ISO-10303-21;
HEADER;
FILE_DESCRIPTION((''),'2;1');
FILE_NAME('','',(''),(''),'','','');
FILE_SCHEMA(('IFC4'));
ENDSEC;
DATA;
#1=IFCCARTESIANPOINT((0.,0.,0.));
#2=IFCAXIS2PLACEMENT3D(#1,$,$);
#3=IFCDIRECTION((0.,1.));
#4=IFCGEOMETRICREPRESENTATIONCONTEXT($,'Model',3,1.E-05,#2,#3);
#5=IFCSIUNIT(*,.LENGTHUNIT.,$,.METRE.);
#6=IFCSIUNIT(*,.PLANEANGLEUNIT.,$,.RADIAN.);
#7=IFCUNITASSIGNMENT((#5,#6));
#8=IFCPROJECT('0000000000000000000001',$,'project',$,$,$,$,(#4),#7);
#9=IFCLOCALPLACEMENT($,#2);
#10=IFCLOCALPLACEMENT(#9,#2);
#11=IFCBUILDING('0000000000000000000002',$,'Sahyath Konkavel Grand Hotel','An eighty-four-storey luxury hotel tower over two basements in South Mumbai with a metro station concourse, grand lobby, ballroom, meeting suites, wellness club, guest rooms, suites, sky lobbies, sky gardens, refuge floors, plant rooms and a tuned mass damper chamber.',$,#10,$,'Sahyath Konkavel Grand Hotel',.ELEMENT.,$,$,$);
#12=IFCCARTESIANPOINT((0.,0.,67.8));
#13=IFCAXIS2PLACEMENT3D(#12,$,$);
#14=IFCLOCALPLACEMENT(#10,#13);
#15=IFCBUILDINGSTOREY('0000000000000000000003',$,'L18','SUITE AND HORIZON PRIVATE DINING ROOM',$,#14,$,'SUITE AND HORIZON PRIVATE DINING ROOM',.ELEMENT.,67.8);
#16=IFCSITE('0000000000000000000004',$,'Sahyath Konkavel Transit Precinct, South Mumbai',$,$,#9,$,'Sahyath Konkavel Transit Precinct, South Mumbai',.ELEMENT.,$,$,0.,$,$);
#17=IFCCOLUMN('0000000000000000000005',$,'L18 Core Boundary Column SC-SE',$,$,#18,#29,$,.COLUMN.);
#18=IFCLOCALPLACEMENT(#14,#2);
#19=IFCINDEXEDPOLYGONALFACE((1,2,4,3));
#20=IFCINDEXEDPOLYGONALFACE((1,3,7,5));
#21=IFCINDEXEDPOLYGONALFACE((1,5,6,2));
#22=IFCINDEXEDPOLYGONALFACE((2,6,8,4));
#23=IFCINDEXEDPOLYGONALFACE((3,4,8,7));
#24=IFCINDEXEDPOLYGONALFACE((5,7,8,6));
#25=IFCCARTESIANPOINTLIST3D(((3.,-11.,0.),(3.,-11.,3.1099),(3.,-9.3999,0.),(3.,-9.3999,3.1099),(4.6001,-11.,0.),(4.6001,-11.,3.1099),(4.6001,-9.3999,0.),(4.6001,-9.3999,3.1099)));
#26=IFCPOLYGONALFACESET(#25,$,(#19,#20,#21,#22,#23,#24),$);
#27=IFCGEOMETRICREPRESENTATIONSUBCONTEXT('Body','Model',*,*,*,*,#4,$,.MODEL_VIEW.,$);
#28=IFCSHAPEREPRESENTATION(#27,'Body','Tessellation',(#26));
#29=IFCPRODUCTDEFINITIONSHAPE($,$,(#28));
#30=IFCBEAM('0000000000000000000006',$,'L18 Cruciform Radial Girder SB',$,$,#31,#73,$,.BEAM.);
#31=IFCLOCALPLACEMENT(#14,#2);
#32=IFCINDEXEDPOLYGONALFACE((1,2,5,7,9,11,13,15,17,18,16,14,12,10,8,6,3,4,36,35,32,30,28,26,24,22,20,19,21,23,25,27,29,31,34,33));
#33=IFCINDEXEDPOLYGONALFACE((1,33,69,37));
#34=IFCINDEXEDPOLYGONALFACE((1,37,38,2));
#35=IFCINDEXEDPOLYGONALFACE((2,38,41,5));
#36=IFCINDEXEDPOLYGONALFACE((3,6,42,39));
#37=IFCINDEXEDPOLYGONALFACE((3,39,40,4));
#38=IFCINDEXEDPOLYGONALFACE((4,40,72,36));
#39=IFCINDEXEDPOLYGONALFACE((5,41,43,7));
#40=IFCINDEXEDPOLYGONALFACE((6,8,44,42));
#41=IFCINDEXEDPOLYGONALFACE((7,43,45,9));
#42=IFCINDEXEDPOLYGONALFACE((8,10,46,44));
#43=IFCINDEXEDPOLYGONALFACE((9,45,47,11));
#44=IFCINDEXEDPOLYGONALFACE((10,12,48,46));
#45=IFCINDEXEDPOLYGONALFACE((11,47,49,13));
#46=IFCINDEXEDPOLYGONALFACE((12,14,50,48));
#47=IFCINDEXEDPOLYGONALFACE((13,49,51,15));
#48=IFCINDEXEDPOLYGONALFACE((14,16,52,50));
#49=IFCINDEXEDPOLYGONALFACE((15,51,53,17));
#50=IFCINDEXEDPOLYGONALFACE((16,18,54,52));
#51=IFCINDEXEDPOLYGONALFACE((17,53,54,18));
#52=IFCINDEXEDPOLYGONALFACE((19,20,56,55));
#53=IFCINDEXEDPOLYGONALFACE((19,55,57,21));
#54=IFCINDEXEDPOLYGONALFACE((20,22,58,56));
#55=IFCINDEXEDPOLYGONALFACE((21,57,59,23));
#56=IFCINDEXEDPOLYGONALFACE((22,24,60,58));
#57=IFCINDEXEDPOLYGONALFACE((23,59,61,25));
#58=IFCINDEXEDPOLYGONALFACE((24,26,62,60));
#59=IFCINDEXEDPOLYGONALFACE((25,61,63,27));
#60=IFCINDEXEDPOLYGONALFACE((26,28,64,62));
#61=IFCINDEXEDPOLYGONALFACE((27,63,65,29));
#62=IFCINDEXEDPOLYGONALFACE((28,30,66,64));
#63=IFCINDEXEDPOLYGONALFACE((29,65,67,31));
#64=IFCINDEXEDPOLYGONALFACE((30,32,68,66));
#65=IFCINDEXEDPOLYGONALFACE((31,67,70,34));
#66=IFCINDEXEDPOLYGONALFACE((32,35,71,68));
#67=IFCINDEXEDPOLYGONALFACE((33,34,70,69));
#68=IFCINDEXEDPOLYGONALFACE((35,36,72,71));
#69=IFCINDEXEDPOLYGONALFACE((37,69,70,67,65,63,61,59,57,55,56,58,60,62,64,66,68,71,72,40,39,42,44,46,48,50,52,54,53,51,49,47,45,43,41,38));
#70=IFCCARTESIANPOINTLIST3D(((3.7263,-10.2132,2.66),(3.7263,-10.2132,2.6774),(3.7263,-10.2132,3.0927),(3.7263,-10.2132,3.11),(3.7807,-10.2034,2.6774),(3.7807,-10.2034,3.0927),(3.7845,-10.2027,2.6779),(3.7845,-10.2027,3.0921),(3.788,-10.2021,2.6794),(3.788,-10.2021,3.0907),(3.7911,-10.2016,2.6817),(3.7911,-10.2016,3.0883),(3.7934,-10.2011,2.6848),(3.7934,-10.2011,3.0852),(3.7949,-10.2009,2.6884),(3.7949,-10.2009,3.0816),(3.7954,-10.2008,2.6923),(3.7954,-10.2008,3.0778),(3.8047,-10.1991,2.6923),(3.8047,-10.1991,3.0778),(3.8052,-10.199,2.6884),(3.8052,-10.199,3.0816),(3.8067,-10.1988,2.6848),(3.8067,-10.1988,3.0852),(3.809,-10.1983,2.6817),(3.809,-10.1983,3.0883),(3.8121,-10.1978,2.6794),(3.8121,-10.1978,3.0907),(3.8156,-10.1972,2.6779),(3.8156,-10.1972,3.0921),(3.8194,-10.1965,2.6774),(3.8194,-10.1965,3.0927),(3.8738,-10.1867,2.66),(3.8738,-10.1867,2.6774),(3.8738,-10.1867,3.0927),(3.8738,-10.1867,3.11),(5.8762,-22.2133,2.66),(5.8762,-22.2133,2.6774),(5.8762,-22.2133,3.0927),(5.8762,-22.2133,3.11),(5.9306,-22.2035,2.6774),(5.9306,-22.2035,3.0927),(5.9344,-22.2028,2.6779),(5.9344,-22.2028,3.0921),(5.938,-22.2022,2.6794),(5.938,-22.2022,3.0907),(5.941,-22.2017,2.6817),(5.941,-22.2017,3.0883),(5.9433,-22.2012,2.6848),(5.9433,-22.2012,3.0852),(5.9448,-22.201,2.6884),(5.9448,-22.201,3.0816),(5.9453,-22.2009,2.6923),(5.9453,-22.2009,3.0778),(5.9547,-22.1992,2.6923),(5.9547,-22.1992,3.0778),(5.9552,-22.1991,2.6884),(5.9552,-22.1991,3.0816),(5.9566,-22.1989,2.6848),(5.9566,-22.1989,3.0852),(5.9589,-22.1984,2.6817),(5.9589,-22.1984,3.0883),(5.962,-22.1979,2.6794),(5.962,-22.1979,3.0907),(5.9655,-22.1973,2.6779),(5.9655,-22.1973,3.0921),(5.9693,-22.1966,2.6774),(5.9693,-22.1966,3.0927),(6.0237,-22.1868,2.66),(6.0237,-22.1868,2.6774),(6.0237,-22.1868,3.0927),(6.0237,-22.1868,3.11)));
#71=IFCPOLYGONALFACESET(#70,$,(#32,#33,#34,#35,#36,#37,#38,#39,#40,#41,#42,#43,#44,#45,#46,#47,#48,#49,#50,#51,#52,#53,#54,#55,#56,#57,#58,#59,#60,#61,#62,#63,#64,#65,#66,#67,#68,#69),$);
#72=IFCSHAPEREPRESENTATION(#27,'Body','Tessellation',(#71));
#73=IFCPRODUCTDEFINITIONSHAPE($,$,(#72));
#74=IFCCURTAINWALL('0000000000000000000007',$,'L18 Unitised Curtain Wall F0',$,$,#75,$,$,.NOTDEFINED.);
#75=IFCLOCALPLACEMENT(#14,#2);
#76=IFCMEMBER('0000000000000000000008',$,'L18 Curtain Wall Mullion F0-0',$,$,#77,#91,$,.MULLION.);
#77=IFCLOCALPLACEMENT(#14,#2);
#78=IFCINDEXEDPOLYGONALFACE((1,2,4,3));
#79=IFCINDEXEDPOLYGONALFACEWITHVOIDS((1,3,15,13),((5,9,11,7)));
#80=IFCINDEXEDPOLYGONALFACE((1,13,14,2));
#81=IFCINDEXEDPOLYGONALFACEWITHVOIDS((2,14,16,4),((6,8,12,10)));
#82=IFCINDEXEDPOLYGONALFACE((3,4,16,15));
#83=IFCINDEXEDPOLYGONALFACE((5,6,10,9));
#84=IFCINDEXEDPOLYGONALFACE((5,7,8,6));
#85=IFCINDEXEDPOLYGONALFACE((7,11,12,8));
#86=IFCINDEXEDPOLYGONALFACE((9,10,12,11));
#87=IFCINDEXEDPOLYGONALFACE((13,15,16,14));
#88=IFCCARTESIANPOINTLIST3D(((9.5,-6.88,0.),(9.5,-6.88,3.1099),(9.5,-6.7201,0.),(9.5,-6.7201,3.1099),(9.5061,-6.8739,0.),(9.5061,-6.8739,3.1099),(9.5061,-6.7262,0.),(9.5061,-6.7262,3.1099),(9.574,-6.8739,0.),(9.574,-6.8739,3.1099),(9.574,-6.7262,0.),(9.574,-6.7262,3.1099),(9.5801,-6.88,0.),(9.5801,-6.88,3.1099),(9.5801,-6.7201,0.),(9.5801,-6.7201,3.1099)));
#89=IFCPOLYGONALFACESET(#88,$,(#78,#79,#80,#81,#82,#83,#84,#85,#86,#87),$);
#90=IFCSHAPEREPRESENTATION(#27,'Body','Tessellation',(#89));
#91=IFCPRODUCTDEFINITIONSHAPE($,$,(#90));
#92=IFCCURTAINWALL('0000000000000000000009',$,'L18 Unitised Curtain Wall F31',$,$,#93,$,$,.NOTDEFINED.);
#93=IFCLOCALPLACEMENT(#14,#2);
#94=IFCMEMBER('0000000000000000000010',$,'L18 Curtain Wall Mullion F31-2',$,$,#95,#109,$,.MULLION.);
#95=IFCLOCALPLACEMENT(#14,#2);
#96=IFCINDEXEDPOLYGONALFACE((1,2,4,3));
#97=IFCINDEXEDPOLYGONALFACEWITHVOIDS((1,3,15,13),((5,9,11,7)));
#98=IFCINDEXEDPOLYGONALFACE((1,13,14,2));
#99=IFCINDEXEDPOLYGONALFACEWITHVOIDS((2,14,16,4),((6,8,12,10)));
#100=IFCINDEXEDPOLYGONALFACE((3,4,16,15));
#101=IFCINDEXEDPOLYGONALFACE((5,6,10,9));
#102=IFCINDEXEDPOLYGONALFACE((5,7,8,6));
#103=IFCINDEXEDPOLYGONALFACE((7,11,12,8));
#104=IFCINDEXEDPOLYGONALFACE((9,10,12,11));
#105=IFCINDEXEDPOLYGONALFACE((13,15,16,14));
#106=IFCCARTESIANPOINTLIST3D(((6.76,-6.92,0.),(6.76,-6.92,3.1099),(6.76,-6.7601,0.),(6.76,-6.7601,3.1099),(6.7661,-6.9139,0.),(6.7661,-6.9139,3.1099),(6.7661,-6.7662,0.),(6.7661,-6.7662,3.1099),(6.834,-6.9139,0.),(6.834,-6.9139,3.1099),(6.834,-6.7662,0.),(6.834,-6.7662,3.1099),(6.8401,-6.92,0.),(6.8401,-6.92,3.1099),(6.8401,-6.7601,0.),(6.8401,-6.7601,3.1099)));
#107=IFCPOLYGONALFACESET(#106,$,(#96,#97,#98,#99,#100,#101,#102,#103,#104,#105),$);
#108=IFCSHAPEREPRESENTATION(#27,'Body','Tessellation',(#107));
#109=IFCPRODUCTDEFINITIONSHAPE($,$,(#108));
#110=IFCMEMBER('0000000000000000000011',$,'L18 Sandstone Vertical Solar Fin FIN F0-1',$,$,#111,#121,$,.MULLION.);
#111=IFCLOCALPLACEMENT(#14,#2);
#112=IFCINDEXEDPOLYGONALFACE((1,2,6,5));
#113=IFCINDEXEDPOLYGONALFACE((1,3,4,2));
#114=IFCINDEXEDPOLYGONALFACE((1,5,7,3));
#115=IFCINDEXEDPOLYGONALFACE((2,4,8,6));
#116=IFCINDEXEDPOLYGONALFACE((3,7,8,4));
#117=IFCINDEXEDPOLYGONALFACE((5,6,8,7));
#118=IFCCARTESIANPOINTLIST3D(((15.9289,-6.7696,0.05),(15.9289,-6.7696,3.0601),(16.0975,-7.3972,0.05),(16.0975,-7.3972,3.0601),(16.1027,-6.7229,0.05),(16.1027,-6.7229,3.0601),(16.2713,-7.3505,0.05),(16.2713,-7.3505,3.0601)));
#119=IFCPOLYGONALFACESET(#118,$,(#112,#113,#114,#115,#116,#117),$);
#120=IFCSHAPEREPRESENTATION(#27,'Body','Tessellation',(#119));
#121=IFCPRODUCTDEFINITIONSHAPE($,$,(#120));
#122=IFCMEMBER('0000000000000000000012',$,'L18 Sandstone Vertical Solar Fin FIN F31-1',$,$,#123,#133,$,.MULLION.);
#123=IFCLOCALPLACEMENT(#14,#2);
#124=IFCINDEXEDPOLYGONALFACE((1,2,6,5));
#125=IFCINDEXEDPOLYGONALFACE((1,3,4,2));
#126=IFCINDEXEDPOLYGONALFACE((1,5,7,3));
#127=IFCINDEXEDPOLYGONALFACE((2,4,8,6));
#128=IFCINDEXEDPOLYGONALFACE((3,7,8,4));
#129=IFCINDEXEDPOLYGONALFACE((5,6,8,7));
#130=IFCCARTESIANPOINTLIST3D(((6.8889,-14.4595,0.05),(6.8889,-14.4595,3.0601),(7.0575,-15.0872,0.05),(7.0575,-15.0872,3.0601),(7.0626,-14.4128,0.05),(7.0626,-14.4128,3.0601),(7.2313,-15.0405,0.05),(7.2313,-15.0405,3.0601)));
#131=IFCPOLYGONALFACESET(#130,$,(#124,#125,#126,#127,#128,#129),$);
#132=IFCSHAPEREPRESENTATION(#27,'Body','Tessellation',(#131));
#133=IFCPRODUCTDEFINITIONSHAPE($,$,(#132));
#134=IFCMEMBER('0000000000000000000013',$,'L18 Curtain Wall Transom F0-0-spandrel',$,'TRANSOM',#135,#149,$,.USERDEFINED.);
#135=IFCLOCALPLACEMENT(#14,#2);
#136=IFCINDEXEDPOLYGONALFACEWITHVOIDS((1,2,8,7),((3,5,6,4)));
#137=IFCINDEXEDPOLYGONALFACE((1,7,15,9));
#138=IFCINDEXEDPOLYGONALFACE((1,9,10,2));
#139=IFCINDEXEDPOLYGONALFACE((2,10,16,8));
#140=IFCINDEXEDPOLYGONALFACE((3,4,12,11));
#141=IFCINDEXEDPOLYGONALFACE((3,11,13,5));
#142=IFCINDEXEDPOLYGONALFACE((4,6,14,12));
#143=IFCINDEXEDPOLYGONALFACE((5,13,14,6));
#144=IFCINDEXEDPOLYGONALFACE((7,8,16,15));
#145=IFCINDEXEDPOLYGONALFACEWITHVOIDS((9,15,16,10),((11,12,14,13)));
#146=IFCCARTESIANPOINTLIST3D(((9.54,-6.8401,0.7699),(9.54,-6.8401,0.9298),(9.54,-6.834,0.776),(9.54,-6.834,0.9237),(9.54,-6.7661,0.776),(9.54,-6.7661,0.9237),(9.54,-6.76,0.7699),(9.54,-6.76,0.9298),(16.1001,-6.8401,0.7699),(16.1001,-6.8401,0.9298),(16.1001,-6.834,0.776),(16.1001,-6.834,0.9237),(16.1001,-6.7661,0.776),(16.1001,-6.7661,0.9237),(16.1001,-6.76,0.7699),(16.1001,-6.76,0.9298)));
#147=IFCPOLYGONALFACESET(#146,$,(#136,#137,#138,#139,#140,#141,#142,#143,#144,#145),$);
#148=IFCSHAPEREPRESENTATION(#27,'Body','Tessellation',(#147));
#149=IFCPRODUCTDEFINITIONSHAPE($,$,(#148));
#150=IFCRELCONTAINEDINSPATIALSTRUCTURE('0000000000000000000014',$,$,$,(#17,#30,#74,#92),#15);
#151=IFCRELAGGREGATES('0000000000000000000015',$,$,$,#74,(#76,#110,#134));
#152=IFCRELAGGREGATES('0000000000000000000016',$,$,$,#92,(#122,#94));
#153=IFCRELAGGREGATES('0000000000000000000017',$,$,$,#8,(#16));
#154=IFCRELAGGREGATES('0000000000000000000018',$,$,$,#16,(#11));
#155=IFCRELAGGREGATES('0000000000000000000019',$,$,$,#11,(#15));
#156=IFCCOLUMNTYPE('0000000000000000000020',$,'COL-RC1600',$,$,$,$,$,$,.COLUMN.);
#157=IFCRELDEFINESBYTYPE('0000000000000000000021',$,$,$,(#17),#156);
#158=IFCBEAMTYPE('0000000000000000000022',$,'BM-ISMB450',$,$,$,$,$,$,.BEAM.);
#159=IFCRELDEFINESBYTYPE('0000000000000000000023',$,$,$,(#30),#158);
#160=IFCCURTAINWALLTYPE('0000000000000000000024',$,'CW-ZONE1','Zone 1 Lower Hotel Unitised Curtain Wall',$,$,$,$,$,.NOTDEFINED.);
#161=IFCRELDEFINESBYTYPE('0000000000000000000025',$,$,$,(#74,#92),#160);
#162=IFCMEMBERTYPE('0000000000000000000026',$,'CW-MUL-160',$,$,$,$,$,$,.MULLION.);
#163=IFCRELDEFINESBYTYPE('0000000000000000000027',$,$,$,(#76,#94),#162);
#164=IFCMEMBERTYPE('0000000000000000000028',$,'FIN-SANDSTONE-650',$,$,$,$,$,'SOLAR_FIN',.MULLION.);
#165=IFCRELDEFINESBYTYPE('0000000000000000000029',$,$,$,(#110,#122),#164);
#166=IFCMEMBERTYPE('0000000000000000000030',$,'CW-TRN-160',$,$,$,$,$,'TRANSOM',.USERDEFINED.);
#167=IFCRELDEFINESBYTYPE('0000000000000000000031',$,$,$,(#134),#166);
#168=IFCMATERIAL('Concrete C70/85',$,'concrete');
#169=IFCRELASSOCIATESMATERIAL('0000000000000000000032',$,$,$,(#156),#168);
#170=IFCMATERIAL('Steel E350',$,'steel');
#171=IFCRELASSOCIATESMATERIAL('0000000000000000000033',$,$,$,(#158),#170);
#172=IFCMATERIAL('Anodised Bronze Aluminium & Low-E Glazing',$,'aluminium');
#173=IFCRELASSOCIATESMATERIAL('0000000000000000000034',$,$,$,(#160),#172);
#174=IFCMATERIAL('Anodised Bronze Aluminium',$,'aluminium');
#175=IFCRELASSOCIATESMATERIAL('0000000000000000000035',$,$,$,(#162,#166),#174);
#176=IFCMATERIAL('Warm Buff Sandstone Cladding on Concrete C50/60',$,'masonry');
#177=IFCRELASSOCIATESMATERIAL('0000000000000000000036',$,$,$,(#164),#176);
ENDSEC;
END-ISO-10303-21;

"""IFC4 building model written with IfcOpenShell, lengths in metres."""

from ifc_helpers import new_model, si_unit, direction, frame, origin, origin_2d, place, context, subcontext, project, spatial, rectangle, hollow_rectangle, i_section, extrude, source, transform, mapped, material, material_profile, profile_set, type_object, element, aggregate, save


model = new_model("IFC4")

# Units and contexts
model_context = context("Model", 3, precision=1e-05, world=origin(), true_north=direction((0.0, 1.0)))
body_context = subcontext(model_context, "Body", "Model", "MODEL_VIEW")
ifc_project = project(units=[si_unit("LENGTHUNIT", "METRE"), si_unit("PLANEANGLEUNIT", "RADIAN")], contexts=[model_context])

# Site, building, storey
site_placement = place(None, origin())
site = spatial("IfcSite", under=ifc_project, at=site_placement, Name="Sahyath Konkavel Transit Precinct, South Mumbai", LongName="Sahyath Konkavel Transit Precinct, South Mumbai", CompositionType="ELEMENT", RefElevation=0.0)
building_placement = place(site_placement, origin())
building = spatial("IfcBuilding", under=site, at=building_placement, Name="Sahyath Konkavel Grand Hotel", Description="An eighty-four-storey luxury hotel tower over two basements in South Mumbai with a metro station concourse, grand lobby, ballroom, meeting suites, wellness club, guest rooms, suites, sky lobbies, sky gardens, refuge floors, plant rooms and a tuned mass damper chamber.", LongName="Sahyath Konkavel Grand Hotel", CompositionType="ELEMENT")
storey_placement = place(building_placement, frame((0.0, 0.0, 67.8)))
storey = spatial("IfcBuildingStorey", under=building, at=storey_placement, Name="L18", Description="SUITE AND HORIZON PRIVATE DINING ROOM", LongName="SUITE AND HORIZON PRIVATE DINING ROOM", CompositionType="ELEMENT", Elevation=67.8)

# Column
ifc_material_1 = material(Name="Concrete C70/85", Category="concrete")
ifc_material_profile_1 = material_profile(ifc_material_1, rectangle(XDim=1.6001, YDim=1.6001, at=origin_2d()), Name="RC 1600x1600")
ifc_profile_set_1 = profile_set([ifc_material_profile_1], Name="Concrete C70/85")
column_type = type_object("IfcColumnType", Name="COL-RC1600", PredefinedType="COLUMN", material=ifc_profile_set_1)
shared_shape_1 = source(origin(), body_context, "Body", "SweptSolid", [
    extrude(rectangle(XDim=1.6001, YDim=1.6001, at=origin_2d()), origin(), (0.0, 0.0, 1.0), 3.1099),
])
column_placement = place(storey_placement, frame((3.8, -10.2, 0.0), z_axis=(0.0, 0.0, 1.0), x_axis=(1.0, 0.0, 0.0)))
element("IfcColumn", 1, at=column_placement, inside=storey, type_object=column_type, Name="L18 Core Boundary Column SC-SE", PredefinedType="COLUMN", context=body_context, shape_type="MappedRepresentation", body=[
    mapped(shared_shape_1, transform((0.0, 0.0, 0.0), scale=1.0)),
])

# Beam
ifc_material_2 = material(Name="Steel E350", Category="steel")
ifc_material_profile_2 = material_profile(ifc_material_2, i_section(OverallWidth=0.1499, OverallDepth=0.45, WebThickness=0.0095, FlangeThickness=0.0173, FilletRadius=0.0149, at=origin_2d()), Name="ISMB 450")
ifc_profile_set_2 = profile_set([ifc_material_profile_2], Name="Steel E350")
beam_type_1 = type_object("IfcBeamType", Name="BM-ISMB450", PredefinedType="BEAM", material=ifc_profile_set_2)
shared_shape_2 = source(origin(), body_context, "Body", "SweptSolid", [
    extrude(i_section(OverallWidth=0.1499, OverallDepth=0.45, WebThickness=0.0095, FlangeThickness=0.0173, FilletRadius=0.0149, at=origin_2d()), origin(), (0.0, 0.0, 1.0), 12.1912),
])
beam_1_placement = place(storey_placement, frame((3.8, -10.2, 2.885), z_axis=(0.176351, -0.984327, 0.0), x_axis=(0.984327, 0.176351, 0.0)))
element("IfcBeam", 2, at=beam_1_placement, inside=storey, type_object=beam_type_1, Name="L18 Cruciform Radial Girder SB", PredefinedType="BEAM", context=body_context, shape_type="MappedRepresentation", body=[
    mapped(shared_shape_2, transform((0.0, 0.0, 0.0), scale=1.0)),
])

# Curtain walls, members
ifc_material_3 = material(Name="Anodised Bronze Aluminium & Low-E Glazing", Category="aluminium")
curtain_wall_type = type_object("IfcCurtainWallType", Name="CW-ZONE1", Description="Zone 1 Lower Hotel Unitised Curtain Wall", PredefinedType="NOTDEFINED", material=ifc_material_3)
curtain_wall_1_placement = place(storey_placement, origin())
curtain_wall_1 = element("IfcCurtainWall", 3, at=curtain_wall_1_placement, inside=storey, type_object=curtain_wall_type, Name="L18 Unitised Curtain Wall F0", PredefinedType="NOTDEFINED")
ifc_material_4 = material(Name="Anodised Bronze Aluminium", Category="aluminium")
ifc_material_profile_3 = material_profile(ifc_material_4, hollow_rectangle(XDim=0.0801, YDim=0.1599, WallThickness=0.0061, at=origin_2d()), Name="RHS 160x80x6")
ifc_profile_set_3 = profile_set([ifc_material_profile_3], Name="Anodised Bronze Aluminium")
member_type_1 = type_object("IfcMemberType", Name="CW-MUL-160", PredefinedType="MULLION", material=ifc_profile_set_3)
shared_shape_3 = source(origin(), body_context, "Body", "SweptSolid", [
    extrude(hollow_rectangle(XDim=0.0801, YDim=0.1599, WallThickness=0.0061, at=origin_2d()), origin(), (0.0, 0.0, 1.0), 3.1099),
])
member_1_placement = place(storey_placement, frame((9.54, -6.8, 0.0), z_axis=(0.0, 0.0, 1.0), x_axis=(1.0, 0.0, 0.0)))
member_1 = element("IfcMember", 4, at=member_1_placement, type_object=member_type_1, Name="L18 Curtain Wall Mullion F0-0", PredefinedType="MULLION", context=body_context, shape_type="MappedRepresentation", body=[
    mapped(shared_shape_3, transform((0.0, 0.0, 0.0), scale=1.0)),
])
curtain_wall_2_placement = place(storey_placement, origin())
curtain_wall_2 = element("IfcCurtainWall", 5, at=curtain_wall_2_placement, inside=storey, type_object=curtain_wall_type, Name="L18 Unitised Curtain Wall F31", PredefinedType="NOTDEFINED")
member_2_placement = place(storey_placement, frame((6.8, -6.8401, 0.0), z_axis=(0.0, 0.0, 1.0), x_axis=(1.0, 0.0, 0.0)))
member_2 = element("IfcMember", 6, at=member_2_placement, type_object=member_type_1, Name="L18 Curtain Wall Mullion F31-2", PredefinedType="MULLION", context=body_context, shape_type="MappedRepresentation", body=[
    mapped(shared_shape_3, transform((0.0, 0.0, 0.0), scale=1.0)),
])

# Members
ifc_material_5 = material(Name="Warm Buff Sandstone Cladding on Concrete C50/60", Category="masonry")
ifc_material_profile_4 = material_profile(ifc_material_5, rectangle(XDim=0.1799, YDim=0.6499, at=origin_2d()), Name="FIN 180x650")
ifc_profile_set_4 = profile_set([ifc_material_profile_4], Name="Warm Buff Sandstone Cladding on Concrete C50/60")
member_type_2 = type_object("IfcMemberType", Name="FIN-SANDSTONE-650", ElementType="SOLAR_FIN", PredefinedType="MULLION", material=ifc_profile_set_4)
shared_shape_4 = source(origin(), body_context, "Body", "SweptSolid", [
    extrude(rectangle(XDim=0.1799, YDim=0.6499, at=origin_2d()), origin(), (0.0, 0.0, 1.0), 3.01),
])
member_3_placement = place(storey_placement, frame((16.1001, -7.0601, 0.05), z_axis=(0.0, 0.0, 1.0), x_axis=(0.965745, 0.259493, 0.0)))
member_3 = element("IfcMember", 7, at=member_3_placement, type_object=member_type_2, Name="L18 Sandstone Vertical Solar Fin FIN F0-1", PredefinedType="MULLION", context=body_context, shape_type="MappedRepresentation", body=[
    mapped(shared_shape_4, transform((0.0, 0.0, 0.0), scale=1.0)),
])
member_4_placement = place(storey_placement, frame((7.0601, -14.75, 0.05), z_axis=(0.0, 0.0, 1.0), x_axis=(0.965745, 0.259493, 0.0)))
member_4 = element("IfcMember", 8, at=member_4_placement, type_object=member_type_2, Name="L18 Sandstone Vertical Solar Fin FIN F31-1", PredefinedType="MULLION", context=body_context, shape_type="MappedRepresentation", body=[
    mapped(shared_shape_4, transform((0.0, 0.0, 0.0), scale=1.0)),
])
ifc_material_profile_5 = material_profile(ifc_material_4, hollow_rectangle(XDim=0.0801, YDim=0.1599, WallThickness=0.0061, at=origin_2d()), Name="RHS 160x80x6")
ifc_profile_set_5 = profile_set([ifc_material_profile_5], Name="Anodised Bronze Aluminium")
member_type_3 = type_object("IfcMemberType", Name="CW-TRN-160", ElementType="TRANSOM", PredefinedType="USERDEFINED", material=ifc_profile_set_5)
shared_shape_5 = source(origin(), body_context, "Body", "SweptSolid", [
    extrude(hollow_rectangle(XDim=0.0801, YDim=0.1599, WallThickness=0.0061, at=origin_2d()), origin(), (0.0, 0.0, 1.0), 6.5601),
])
member_5_placement = place(storey_placement, frame((9.54, -6.8, 0.8499), z_axis=(1.0, 0.0, 0.0), x_axis=(0.0, 1.0, 0.0)))
member_5 = element("IfcMember", 9, at=member_5_placement, type_object=member_type_3, Name="L18 Curtain Wall Transom F0-0-spandrel", ObjectType="TRANSOM", PredefinedType="USERDEFINED", context=body_context, shape_type="MappedRepresentation", body=[
    mapped(shared_shape_5, transform((0.0, 0.0, 0.0), scale=1.0)),
])
aggregate(curtain_wall_1, [member_1, member_3, member_5])

aggregate(curtain_wall_2, [member_4, member_2])

save(model, "model.ifc")
